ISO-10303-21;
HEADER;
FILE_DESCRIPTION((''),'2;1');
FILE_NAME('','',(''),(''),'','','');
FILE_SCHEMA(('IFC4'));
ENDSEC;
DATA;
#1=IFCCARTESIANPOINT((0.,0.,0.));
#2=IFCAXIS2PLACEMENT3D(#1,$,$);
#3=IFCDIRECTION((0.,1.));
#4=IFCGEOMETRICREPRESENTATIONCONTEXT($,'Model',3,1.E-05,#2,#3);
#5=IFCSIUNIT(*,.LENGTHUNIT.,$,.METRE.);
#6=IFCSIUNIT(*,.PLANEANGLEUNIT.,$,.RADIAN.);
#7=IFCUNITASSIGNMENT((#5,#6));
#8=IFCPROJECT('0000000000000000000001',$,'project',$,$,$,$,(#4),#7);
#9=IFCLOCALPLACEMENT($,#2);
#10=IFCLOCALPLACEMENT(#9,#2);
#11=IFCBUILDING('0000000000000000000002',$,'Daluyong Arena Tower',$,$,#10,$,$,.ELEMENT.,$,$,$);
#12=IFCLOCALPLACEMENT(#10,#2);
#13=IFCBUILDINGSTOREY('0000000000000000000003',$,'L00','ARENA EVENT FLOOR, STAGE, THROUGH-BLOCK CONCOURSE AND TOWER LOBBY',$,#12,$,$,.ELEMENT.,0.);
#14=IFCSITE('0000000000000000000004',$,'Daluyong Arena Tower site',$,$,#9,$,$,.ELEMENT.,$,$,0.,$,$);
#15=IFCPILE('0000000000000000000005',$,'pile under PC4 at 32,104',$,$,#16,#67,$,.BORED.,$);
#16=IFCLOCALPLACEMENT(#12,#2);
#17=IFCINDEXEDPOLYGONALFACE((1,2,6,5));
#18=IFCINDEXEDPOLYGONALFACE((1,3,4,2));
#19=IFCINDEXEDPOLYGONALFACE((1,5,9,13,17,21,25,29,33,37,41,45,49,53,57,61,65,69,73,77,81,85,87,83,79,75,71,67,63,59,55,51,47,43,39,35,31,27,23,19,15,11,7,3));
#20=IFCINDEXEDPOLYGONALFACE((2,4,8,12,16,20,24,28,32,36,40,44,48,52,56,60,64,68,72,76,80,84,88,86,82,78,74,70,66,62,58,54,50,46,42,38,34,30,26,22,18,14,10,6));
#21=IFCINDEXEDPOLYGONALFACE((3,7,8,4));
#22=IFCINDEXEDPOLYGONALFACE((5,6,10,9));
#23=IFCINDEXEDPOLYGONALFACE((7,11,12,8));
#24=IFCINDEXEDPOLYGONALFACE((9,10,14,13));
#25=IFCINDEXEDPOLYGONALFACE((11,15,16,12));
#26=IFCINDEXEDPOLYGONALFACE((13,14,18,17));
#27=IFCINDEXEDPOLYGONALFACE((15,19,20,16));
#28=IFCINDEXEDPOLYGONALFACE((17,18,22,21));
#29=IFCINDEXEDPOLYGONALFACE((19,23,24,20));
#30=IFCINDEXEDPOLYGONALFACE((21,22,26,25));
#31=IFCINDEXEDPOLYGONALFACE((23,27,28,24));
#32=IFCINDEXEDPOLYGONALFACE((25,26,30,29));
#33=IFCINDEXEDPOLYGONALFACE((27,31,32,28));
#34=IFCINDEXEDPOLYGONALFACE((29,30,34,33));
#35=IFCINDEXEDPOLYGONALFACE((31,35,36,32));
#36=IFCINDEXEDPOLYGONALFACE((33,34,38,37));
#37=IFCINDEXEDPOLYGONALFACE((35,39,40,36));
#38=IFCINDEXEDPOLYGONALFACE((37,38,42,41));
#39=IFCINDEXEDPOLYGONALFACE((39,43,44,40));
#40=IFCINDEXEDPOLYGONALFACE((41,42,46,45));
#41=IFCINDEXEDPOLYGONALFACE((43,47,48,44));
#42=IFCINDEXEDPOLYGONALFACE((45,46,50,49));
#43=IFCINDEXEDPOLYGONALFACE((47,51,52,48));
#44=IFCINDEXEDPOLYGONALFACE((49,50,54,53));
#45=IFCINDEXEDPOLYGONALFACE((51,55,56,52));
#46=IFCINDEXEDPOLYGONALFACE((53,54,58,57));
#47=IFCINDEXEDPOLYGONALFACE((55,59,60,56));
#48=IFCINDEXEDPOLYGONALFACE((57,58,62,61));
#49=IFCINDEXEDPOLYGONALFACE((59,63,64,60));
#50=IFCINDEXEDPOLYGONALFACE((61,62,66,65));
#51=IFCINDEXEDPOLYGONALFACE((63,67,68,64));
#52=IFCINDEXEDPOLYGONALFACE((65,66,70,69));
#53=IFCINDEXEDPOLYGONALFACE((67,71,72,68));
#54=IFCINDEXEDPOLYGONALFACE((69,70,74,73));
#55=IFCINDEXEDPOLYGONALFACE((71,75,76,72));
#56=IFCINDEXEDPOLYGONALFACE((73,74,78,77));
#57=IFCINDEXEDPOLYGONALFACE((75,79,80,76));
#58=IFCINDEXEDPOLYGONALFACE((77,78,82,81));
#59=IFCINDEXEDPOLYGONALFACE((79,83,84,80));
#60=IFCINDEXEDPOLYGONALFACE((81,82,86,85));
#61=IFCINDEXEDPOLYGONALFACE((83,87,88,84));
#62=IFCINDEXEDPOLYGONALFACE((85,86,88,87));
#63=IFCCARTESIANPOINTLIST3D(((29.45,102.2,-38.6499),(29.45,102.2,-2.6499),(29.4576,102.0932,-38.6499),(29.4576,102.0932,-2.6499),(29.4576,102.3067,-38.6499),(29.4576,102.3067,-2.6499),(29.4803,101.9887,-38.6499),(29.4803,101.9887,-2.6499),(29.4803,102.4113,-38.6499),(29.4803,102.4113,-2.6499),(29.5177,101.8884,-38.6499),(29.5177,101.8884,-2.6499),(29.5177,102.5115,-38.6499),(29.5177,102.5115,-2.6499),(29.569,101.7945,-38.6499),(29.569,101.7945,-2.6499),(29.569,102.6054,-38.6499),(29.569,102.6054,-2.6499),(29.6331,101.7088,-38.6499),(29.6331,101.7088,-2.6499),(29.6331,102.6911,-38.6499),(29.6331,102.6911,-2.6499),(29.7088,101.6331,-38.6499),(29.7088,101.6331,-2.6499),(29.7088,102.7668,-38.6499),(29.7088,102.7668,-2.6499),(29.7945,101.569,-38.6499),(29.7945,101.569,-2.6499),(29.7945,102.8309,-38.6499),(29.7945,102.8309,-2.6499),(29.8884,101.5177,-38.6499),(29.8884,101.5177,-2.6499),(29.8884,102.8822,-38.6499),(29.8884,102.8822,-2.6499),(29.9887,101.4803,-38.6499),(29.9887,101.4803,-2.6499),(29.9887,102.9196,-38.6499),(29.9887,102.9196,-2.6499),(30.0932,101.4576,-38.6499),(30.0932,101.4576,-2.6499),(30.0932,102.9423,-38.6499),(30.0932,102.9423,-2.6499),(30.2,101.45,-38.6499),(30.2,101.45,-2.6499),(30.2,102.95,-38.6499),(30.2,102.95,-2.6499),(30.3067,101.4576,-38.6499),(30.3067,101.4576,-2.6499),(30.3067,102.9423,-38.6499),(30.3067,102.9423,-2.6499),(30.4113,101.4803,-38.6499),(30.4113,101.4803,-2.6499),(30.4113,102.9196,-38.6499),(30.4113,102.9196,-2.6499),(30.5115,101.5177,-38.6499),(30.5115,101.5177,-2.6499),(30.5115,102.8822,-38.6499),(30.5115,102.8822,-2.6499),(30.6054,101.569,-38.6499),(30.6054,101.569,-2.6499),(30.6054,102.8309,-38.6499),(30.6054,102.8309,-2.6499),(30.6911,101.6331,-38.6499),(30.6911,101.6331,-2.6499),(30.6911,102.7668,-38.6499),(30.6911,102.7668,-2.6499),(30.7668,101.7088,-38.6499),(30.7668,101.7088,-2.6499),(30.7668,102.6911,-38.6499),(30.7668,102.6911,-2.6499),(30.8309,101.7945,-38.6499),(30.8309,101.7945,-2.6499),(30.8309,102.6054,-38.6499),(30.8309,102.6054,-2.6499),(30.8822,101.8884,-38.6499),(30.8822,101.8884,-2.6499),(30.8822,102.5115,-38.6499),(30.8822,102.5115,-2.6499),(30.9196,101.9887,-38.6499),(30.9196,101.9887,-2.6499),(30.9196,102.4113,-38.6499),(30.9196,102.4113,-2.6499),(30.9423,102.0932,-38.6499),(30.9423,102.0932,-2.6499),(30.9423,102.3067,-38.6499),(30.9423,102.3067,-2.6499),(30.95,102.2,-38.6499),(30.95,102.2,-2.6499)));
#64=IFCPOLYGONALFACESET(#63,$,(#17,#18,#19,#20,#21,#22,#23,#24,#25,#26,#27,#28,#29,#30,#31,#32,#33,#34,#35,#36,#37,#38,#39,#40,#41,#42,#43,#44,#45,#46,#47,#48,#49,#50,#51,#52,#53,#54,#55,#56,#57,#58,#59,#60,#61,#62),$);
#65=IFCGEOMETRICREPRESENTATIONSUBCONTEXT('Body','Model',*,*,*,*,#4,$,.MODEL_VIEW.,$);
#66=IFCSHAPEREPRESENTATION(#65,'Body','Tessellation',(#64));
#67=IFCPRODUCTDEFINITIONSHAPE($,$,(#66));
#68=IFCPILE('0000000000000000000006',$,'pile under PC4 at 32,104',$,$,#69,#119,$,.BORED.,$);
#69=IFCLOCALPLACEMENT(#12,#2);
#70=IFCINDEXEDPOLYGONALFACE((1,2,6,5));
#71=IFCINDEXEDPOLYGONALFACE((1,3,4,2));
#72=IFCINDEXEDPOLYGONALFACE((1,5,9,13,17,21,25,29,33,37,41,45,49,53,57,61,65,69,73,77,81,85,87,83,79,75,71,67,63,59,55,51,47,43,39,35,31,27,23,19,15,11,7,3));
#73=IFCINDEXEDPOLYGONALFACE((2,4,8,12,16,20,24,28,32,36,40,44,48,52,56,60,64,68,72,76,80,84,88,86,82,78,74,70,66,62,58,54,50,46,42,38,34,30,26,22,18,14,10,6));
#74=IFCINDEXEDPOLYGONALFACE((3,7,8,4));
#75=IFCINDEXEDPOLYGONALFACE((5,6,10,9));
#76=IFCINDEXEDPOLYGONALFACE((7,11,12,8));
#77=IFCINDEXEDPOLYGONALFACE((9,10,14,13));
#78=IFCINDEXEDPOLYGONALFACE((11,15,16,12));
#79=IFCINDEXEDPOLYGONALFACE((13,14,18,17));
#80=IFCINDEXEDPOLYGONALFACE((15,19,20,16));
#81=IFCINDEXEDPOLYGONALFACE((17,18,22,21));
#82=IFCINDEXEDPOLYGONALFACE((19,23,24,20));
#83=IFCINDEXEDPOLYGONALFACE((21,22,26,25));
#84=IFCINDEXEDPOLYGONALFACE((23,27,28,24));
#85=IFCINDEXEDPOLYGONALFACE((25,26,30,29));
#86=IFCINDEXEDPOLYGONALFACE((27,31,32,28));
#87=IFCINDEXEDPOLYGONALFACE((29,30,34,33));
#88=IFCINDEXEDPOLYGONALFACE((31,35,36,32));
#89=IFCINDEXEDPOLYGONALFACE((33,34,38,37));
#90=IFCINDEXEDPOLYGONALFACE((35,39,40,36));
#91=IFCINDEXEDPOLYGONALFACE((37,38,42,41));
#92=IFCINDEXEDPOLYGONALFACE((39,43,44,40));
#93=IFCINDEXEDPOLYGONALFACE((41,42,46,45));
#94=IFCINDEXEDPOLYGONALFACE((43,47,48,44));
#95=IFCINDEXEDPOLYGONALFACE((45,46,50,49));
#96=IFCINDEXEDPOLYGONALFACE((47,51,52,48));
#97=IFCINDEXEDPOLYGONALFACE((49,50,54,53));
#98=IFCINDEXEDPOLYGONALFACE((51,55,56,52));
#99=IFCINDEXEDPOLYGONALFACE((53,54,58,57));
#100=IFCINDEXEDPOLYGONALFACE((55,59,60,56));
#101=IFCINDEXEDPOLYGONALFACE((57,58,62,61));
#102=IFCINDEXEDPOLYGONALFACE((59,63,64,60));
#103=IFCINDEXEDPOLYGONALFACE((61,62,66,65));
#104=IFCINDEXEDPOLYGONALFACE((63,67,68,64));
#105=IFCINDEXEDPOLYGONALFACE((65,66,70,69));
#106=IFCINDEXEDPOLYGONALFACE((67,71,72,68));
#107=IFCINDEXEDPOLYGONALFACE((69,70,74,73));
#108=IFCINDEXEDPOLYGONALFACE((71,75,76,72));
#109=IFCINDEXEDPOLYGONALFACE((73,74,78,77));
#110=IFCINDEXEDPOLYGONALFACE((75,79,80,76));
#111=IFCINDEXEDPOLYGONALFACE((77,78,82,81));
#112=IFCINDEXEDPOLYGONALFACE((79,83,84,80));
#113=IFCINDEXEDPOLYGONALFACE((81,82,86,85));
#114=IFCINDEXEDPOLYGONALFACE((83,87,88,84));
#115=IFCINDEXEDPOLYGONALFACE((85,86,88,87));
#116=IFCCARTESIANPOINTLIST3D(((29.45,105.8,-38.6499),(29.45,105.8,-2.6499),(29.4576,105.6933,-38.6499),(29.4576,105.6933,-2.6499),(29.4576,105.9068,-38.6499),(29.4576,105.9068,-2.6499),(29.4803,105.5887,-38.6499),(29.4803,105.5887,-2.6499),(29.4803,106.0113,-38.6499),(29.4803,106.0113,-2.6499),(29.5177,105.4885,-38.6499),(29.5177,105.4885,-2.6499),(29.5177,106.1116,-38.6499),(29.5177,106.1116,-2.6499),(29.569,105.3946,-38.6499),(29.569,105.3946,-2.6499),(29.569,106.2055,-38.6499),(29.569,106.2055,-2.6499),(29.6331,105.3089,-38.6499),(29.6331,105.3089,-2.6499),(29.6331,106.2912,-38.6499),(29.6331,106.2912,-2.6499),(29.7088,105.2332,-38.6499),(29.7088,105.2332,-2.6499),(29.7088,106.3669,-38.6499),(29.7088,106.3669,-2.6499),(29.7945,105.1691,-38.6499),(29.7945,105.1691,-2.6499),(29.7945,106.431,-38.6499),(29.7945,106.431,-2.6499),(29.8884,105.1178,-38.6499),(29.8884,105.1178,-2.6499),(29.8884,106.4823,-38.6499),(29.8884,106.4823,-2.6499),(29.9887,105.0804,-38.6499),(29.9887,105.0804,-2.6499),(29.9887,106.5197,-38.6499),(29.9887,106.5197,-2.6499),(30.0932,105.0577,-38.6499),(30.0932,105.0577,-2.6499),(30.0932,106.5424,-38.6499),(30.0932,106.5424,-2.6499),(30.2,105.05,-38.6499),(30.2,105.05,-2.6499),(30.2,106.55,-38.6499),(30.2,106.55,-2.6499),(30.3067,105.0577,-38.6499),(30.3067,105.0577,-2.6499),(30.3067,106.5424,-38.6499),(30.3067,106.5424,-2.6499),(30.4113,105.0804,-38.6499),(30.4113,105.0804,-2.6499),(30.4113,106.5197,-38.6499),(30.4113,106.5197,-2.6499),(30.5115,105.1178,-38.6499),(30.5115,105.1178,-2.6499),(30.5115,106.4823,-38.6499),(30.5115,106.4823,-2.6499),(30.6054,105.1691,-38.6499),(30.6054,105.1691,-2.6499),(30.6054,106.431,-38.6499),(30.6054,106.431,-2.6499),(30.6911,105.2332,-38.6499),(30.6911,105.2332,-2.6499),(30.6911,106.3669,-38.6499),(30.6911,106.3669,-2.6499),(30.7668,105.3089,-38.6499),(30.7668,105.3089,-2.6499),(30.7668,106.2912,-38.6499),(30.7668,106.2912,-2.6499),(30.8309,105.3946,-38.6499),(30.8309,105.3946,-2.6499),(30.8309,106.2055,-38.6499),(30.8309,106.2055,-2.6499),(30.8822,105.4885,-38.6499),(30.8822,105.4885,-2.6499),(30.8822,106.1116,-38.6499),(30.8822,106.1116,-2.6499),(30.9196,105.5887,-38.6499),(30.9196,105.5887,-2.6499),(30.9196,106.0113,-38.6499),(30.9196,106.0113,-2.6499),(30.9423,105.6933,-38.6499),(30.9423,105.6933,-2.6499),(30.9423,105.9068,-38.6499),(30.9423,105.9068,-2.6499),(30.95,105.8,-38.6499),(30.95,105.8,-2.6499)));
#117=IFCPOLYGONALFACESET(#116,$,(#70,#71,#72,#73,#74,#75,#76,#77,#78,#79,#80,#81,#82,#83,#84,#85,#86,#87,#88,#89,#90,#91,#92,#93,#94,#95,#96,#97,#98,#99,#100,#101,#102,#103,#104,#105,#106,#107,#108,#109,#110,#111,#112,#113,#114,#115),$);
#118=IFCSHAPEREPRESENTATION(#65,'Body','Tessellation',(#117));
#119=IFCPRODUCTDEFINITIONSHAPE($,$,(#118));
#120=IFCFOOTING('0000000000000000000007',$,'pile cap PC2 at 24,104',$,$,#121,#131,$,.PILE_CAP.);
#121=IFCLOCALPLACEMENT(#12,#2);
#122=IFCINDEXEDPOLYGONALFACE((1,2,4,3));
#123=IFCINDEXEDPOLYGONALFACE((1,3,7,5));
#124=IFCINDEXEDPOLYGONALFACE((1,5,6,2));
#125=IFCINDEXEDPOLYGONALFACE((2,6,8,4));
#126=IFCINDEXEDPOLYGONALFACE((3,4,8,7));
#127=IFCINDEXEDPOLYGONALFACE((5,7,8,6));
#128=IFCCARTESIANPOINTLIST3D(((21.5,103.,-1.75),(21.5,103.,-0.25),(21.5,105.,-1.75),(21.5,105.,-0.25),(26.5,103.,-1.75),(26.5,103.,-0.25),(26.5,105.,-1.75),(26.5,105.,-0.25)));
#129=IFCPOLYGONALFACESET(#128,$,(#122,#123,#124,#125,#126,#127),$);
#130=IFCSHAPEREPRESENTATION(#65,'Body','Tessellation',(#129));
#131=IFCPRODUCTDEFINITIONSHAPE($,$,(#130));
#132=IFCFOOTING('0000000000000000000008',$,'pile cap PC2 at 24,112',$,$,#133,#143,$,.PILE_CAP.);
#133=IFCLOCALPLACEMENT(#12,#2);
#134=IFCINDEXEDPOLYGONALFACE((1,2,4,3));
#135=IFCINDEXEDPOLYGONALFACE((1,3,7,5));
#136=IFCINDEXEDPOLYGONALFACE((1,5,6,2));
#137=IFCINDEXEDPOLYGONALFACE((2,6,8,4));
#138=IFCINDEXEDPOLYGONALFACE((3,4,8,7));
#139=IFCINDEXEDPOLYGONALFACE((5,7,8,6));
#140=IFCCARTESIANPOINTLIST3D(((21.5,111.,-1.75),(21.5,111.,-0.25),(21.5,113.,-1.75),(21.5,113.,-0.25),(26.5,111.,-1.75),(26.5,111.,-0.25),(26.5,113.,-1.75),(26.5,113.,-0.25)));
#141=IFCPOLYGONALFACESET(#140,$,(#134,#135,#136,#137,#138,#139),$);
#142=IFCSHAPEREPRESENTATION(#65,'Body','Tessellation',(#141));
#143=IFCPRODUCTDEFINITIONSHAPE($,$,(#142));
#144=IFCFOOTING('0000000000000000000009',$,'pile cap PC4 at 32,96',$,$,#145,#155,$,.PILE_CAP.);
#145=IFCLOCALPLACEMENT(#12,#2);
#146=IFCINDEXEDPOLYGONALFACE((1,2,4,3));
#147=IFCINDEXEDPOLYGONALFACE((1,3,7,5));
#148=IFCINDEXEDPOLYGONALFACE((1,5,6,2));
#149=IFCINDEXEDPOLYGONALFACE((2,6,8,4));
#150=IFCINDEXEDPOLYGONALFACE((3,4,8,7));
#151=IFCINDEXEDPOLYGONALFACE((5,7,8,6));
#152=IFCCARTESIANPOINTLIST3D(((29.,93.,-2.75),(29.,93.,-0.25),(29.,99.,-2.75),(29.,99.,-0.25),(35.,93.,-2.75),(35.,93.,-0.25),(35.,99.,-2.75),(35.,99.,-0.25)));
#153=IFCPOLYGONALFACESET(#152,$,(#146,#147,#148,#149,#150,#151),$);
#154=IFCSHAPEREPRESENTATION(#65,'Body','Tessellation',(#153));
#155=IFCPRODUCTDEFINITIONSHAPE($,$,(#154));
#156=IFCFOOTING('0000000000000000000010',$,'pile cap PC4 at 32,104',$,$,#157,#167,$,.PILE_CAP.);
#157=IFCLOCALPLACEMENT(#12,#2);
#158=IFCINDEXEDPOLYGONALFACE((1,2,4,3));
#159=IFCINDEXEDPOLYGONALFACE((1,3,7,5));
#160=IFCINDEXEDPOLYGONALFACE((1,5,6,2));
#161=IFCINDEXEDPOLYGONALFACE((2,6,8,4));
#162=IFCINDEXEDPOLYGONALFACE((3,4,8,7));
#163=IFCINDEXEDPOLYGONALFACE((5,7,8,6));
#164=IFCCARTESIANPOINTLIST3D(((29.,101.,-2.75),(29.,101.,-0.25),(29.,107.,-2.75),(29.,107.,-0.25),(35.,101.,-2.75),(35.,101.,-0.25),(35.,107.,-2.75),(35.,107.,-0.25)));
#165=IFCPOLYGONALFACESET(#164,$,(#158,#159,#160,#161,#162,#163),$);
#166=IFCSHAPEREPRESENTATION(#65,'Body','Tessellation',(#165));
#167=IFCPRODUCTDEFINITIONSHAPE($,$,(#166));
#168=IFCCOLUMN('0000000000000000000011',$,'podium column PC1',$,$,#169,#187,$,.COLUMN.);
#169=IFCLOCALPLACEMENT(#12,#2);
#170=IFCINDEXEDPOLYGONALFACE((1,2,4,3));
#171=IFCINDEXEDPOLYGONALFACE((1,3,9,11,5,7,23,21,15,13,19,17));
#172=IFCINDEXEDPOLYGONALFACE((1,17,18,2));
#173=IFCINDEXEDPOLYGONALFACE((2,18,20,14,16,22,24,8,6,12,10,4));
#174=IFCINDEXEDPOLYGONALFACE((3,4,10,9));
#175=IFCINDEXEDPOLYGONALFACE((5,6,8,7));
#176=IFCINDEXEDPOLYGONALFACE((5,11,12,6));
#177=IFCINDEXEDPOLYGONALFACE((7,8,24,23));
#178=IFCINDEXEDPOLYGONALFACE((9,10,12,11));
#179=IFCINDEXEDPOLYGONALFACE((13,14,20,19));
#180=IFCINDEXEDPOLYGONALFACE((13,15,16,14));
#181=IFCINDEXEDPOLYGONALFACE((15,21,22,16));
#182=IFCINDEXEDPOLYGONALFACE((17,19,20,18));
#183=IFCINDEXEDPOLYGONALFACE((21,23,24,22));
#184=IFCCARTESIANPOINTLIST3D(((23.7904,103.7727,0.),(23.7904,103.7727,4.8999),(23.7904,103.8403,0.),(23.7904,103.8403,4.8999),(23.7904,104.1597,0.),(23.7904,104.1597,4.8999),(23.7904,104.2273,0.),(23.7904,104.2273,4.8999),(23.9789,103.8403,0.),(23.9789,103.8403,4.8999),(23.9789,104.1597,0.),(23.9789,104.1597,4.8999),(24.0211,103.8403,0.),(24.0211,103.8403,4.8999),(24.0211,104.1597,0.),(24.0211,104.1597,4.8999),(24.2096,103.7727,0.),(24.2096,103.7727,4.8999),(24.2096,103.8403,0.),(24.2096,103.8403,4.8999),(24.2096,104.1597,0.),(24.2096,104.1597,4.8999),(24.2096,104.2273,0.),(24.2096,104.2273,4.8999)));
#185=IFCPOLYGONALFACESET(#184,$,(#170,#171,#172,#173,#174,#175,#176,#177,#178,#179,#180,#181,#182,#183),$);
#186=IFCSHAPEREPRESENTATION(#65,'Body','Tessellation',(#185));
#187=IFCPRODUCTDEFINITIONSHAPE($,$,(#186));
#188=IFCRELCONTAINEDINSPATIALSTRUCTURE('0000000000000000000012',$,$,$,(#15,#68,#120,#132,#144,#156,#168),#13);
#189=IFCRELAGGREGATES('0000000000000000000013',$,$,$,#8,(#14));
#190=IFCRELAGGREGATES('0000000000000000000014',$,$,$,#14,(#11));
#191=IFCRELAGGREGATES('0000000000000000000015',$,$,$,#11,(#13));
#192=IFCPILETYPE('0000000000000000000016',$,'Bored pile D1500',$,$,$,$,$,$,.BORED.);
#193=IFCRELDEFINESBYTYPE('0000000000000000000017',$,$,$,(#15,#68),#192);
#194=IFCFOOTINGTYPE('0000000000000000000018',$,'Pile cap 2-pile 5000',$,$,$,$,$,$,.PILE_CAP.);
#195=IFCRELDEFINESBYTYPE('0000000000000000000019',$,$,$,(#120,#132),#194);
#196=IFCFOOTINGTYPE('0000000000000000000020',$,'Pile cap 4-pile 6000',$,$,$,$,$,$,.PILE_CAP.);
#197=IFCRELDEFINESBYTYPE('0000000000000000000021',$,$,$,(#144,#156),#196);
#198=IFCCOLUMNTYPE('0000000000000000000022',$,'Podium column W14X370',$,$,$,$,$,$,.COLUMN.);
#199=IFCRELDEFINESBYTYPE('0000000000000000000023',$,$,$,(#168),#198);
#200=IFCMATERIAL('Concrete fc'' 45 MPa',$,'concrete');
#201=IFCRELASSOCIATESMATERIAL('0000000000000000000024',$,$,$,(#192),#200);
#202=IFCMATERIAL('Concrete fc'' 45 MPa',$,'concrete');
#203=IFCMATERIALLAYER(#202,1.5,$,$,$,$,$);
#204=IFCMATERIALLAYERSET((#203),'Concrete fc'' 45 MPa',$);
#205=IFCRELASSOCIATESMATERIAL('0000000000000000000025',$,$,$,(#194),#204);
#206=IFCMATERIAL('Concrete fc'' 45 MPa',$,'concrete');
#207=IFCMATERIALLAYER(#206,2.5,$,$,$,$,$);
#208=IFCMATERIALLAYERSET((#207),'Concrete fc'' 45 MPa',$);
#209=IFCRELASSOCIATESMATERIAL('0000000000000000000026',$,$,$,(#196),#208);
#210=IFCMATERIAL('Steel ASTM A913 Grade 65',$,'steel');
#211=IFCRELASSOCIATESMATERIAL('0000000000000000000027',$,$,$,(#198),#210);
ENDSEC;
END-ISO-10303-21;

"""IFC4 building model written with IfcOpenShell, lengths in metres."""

from ifc_helpers import new_model, si_unit, direction, frame, origin, origin_2d, place, context, subcontext, project, spatial, rectangle, circle, i_section, extrude, material, layer, layer_set, material_profile, profile_set, type_object, element, save


model = new_model("IFC4")

# Units and contexts
model_context = context("Model", 3, precision=1e-05, world=origin(), true_north=direction((0.0, 1.0)))
body_context = subcontext(model_context, "Body", "Model", "MODEL_VIEW")
ifc_project = project(units=[si_unit("LENGTHUNIT", "METRE"), si_unit("PLANEANGLEUNIT", "RADIAN")], contexts=[model_context])

# Site, building, storey
site_placement = place(None, origin())
site = spatial("IfcSite", under=ifc_project, at=site_placement, Name="Daluyong Arena Tower site", CompositionType="ELEMENT", RefElevation=0.0)
building_placement = place(site_placement, origin())
building = spatial("IfcBuilding", under=site, at=building_placement, Name="Daluyong Arena Tower", CompositionType="ELEMENT")
storey_placement = place(building_placement, origin())
storey = spatial("IfcBuildingStorey", under=building, at=storey_placement, Name="L00", Description="ARENA EVENT FLOOR, STAGE, THROUGH-BLOCK CONCOURSE AND TOWER LOBBY", CompositionType="ELEMENT", Elevation=0.0)

# Piles
ifc_material_1 = material(Name="Concrete fc' 45 MPa", Category="concrete")
pile_type_1 = type_object("IfcPileType", Name="Bored pile D1500", PredefinedType="BORED", material=ifc_material_1)
for number, where, z_axis, x_axis, name in (
    (1, (30.2, 102.2, -2.6499), (0.0, 0.0, -1.0), (1.0, 0.0, 0.0), "pile under PC4 at 32,104"),
    (2, (30.2, 105.8, -2.6499), (0.0, 0.0, -1.0), (1.0, 0.0, 0.0), "pile under PC4 at 32,104"),
):
    element("IfcPile", number, at=place(storey_placement, frame(where, z_axis=z_axis, x_axis=x_axis)), inside=storey, type_object=pile_type_1, Name=name, PredefinedType="BORED", context=body_context, shape_type="SweptSolid", body=[
        extrude(circle(Radius=0.75, at=origin_2d()), origin(), (0.0, 0.0, 1.0), 36.0),
    ])

# Footings
ifc_material_2 = material(Name="Concrete fc' 45 MPa", Category="concrete")
ifc_layer_1 = layer(ifc_material_2, 1.5)
ifc_layer_set_1 = layer_set([ifc_layer_1], Name="Concrete fc' 45 MPa")
footing_type_1 = type_object("IfcFootingType", Name="Pile cap 2-pile 5000", PredefinedType="PILE_CAP", material=ifc_layer_set_1)
for number, where, z_axis, x_axis, name in (
    (3, (24.0, 104.0, -1.75), (0.0, 0.0, 1.0), (1.0, 0.0, 0.0), "pile cap PC2 at 24,104"),
    (4, (24.0, 112.0, -1.75), (0.0, 0.0, 1.0), (1.0, 0.0, 0.0), "pile cap PC2 at 24,112"),
):
    element("IfcFooting", number, at=place(storey_placement, frame(where, z_axis=z_axis, x_axis=x_axis)), inside=storey, type_object=footing_type_1, Name=name, PredefinedType="PILE_CAP", context=body_context, shape_type="SweptSolid", body=[
        extrude(rectangle(XDim=5.0, YDim=2.0, at=origin_2d()), origin(), (0.0, 0.0, 1.0), 1.5),
    ])
ifc_material_3 = material(Name="Concrete fc' 45 MPa", Category="concrete")
ifc_layer_2 = layer(ifc_material_3, 2.5)
ifc_layer_set_2 = layer_set([ifc_layer_2], Name="Concrete fc' 45 MPa")
footing_type_2 = type_object("IfcFootingType", Name="Pile cap 4-pile 6000", PredefinedType="PILE_CAP", material=ifc_layer_set_2)
for number, where, z_axis, x_axis, name in (
    (5, (32.0, 96.0, -2.75), (0.0, 0.0, 1.0), (1.0, 0.0, 0.0), "pile cap PC4 at 32,96"),
    (6, (32.0, 104.0, -2.75), (0.0, 0.0, 1.0), (1.0, 0.0, 0.0), "pile cap PC4 at 32,104"),
):
    element("IfcFooting", number, at=place(storey_placement, frame(where, z_axis=z_axis, x_axis=x_axis)), inside=storey, type_object=footing_type_2, Name=name, PredefinedType="PILE_CAP", context=body_context, shape_type="SweptSolid", body=[
        extrude(rectangle(XDim=6.0, YDim=6.0, at=origin_2d()), origin(), (0.0, 0.0, 1.0), 2.5),
    ])

# Column
ifc_material_4 = material(Name="Steel ASTM A913 Grade 65", Category="steel")
ifc_material_profile_1 = material_profile(ifc_material_4, i_section(OverallWidth=0.4192, OverallDepth=0.4546, WebThickness=0.0422, FlangeThickness=0.0676, at=origin_2d()))
ifc_profile_set_1 = profile_set([ifc_material_profile_1], Name="Steel ASTM A913 Grade 65")
column_type_1 = type_object("IfcColumnType", Name="Podium column W14X370", PredefinedType="COLUMN", material=ifc_profile_set_1)
for number, where, z_axis, x_axis, name in (
    (7, (24.0, 104.0, 0.0), (0.0, 0.0, 1.0), (1.0, 0.0, 0.0), "podium column PC1"),
):
    element("IfcColumn", number, at=place(storey_placement, frame(where, z_axis=z_axis, x_axis=x_axis)), inside=storey, type_object=column_type_1, Name=name, PredefinedType="COLUMN", context=body_context, shape_type="SweptSolid", body=[
        extrude(i_section(OverallWidth=0.4192, OverallDepth=0.4546, WebThickness=0.0422, FlangeThickness=0.0676, at=origin_2d()), origin(), (0.0, 0.0, 1.0), 4.8999),
    ])

save(model, "model.ifc")
